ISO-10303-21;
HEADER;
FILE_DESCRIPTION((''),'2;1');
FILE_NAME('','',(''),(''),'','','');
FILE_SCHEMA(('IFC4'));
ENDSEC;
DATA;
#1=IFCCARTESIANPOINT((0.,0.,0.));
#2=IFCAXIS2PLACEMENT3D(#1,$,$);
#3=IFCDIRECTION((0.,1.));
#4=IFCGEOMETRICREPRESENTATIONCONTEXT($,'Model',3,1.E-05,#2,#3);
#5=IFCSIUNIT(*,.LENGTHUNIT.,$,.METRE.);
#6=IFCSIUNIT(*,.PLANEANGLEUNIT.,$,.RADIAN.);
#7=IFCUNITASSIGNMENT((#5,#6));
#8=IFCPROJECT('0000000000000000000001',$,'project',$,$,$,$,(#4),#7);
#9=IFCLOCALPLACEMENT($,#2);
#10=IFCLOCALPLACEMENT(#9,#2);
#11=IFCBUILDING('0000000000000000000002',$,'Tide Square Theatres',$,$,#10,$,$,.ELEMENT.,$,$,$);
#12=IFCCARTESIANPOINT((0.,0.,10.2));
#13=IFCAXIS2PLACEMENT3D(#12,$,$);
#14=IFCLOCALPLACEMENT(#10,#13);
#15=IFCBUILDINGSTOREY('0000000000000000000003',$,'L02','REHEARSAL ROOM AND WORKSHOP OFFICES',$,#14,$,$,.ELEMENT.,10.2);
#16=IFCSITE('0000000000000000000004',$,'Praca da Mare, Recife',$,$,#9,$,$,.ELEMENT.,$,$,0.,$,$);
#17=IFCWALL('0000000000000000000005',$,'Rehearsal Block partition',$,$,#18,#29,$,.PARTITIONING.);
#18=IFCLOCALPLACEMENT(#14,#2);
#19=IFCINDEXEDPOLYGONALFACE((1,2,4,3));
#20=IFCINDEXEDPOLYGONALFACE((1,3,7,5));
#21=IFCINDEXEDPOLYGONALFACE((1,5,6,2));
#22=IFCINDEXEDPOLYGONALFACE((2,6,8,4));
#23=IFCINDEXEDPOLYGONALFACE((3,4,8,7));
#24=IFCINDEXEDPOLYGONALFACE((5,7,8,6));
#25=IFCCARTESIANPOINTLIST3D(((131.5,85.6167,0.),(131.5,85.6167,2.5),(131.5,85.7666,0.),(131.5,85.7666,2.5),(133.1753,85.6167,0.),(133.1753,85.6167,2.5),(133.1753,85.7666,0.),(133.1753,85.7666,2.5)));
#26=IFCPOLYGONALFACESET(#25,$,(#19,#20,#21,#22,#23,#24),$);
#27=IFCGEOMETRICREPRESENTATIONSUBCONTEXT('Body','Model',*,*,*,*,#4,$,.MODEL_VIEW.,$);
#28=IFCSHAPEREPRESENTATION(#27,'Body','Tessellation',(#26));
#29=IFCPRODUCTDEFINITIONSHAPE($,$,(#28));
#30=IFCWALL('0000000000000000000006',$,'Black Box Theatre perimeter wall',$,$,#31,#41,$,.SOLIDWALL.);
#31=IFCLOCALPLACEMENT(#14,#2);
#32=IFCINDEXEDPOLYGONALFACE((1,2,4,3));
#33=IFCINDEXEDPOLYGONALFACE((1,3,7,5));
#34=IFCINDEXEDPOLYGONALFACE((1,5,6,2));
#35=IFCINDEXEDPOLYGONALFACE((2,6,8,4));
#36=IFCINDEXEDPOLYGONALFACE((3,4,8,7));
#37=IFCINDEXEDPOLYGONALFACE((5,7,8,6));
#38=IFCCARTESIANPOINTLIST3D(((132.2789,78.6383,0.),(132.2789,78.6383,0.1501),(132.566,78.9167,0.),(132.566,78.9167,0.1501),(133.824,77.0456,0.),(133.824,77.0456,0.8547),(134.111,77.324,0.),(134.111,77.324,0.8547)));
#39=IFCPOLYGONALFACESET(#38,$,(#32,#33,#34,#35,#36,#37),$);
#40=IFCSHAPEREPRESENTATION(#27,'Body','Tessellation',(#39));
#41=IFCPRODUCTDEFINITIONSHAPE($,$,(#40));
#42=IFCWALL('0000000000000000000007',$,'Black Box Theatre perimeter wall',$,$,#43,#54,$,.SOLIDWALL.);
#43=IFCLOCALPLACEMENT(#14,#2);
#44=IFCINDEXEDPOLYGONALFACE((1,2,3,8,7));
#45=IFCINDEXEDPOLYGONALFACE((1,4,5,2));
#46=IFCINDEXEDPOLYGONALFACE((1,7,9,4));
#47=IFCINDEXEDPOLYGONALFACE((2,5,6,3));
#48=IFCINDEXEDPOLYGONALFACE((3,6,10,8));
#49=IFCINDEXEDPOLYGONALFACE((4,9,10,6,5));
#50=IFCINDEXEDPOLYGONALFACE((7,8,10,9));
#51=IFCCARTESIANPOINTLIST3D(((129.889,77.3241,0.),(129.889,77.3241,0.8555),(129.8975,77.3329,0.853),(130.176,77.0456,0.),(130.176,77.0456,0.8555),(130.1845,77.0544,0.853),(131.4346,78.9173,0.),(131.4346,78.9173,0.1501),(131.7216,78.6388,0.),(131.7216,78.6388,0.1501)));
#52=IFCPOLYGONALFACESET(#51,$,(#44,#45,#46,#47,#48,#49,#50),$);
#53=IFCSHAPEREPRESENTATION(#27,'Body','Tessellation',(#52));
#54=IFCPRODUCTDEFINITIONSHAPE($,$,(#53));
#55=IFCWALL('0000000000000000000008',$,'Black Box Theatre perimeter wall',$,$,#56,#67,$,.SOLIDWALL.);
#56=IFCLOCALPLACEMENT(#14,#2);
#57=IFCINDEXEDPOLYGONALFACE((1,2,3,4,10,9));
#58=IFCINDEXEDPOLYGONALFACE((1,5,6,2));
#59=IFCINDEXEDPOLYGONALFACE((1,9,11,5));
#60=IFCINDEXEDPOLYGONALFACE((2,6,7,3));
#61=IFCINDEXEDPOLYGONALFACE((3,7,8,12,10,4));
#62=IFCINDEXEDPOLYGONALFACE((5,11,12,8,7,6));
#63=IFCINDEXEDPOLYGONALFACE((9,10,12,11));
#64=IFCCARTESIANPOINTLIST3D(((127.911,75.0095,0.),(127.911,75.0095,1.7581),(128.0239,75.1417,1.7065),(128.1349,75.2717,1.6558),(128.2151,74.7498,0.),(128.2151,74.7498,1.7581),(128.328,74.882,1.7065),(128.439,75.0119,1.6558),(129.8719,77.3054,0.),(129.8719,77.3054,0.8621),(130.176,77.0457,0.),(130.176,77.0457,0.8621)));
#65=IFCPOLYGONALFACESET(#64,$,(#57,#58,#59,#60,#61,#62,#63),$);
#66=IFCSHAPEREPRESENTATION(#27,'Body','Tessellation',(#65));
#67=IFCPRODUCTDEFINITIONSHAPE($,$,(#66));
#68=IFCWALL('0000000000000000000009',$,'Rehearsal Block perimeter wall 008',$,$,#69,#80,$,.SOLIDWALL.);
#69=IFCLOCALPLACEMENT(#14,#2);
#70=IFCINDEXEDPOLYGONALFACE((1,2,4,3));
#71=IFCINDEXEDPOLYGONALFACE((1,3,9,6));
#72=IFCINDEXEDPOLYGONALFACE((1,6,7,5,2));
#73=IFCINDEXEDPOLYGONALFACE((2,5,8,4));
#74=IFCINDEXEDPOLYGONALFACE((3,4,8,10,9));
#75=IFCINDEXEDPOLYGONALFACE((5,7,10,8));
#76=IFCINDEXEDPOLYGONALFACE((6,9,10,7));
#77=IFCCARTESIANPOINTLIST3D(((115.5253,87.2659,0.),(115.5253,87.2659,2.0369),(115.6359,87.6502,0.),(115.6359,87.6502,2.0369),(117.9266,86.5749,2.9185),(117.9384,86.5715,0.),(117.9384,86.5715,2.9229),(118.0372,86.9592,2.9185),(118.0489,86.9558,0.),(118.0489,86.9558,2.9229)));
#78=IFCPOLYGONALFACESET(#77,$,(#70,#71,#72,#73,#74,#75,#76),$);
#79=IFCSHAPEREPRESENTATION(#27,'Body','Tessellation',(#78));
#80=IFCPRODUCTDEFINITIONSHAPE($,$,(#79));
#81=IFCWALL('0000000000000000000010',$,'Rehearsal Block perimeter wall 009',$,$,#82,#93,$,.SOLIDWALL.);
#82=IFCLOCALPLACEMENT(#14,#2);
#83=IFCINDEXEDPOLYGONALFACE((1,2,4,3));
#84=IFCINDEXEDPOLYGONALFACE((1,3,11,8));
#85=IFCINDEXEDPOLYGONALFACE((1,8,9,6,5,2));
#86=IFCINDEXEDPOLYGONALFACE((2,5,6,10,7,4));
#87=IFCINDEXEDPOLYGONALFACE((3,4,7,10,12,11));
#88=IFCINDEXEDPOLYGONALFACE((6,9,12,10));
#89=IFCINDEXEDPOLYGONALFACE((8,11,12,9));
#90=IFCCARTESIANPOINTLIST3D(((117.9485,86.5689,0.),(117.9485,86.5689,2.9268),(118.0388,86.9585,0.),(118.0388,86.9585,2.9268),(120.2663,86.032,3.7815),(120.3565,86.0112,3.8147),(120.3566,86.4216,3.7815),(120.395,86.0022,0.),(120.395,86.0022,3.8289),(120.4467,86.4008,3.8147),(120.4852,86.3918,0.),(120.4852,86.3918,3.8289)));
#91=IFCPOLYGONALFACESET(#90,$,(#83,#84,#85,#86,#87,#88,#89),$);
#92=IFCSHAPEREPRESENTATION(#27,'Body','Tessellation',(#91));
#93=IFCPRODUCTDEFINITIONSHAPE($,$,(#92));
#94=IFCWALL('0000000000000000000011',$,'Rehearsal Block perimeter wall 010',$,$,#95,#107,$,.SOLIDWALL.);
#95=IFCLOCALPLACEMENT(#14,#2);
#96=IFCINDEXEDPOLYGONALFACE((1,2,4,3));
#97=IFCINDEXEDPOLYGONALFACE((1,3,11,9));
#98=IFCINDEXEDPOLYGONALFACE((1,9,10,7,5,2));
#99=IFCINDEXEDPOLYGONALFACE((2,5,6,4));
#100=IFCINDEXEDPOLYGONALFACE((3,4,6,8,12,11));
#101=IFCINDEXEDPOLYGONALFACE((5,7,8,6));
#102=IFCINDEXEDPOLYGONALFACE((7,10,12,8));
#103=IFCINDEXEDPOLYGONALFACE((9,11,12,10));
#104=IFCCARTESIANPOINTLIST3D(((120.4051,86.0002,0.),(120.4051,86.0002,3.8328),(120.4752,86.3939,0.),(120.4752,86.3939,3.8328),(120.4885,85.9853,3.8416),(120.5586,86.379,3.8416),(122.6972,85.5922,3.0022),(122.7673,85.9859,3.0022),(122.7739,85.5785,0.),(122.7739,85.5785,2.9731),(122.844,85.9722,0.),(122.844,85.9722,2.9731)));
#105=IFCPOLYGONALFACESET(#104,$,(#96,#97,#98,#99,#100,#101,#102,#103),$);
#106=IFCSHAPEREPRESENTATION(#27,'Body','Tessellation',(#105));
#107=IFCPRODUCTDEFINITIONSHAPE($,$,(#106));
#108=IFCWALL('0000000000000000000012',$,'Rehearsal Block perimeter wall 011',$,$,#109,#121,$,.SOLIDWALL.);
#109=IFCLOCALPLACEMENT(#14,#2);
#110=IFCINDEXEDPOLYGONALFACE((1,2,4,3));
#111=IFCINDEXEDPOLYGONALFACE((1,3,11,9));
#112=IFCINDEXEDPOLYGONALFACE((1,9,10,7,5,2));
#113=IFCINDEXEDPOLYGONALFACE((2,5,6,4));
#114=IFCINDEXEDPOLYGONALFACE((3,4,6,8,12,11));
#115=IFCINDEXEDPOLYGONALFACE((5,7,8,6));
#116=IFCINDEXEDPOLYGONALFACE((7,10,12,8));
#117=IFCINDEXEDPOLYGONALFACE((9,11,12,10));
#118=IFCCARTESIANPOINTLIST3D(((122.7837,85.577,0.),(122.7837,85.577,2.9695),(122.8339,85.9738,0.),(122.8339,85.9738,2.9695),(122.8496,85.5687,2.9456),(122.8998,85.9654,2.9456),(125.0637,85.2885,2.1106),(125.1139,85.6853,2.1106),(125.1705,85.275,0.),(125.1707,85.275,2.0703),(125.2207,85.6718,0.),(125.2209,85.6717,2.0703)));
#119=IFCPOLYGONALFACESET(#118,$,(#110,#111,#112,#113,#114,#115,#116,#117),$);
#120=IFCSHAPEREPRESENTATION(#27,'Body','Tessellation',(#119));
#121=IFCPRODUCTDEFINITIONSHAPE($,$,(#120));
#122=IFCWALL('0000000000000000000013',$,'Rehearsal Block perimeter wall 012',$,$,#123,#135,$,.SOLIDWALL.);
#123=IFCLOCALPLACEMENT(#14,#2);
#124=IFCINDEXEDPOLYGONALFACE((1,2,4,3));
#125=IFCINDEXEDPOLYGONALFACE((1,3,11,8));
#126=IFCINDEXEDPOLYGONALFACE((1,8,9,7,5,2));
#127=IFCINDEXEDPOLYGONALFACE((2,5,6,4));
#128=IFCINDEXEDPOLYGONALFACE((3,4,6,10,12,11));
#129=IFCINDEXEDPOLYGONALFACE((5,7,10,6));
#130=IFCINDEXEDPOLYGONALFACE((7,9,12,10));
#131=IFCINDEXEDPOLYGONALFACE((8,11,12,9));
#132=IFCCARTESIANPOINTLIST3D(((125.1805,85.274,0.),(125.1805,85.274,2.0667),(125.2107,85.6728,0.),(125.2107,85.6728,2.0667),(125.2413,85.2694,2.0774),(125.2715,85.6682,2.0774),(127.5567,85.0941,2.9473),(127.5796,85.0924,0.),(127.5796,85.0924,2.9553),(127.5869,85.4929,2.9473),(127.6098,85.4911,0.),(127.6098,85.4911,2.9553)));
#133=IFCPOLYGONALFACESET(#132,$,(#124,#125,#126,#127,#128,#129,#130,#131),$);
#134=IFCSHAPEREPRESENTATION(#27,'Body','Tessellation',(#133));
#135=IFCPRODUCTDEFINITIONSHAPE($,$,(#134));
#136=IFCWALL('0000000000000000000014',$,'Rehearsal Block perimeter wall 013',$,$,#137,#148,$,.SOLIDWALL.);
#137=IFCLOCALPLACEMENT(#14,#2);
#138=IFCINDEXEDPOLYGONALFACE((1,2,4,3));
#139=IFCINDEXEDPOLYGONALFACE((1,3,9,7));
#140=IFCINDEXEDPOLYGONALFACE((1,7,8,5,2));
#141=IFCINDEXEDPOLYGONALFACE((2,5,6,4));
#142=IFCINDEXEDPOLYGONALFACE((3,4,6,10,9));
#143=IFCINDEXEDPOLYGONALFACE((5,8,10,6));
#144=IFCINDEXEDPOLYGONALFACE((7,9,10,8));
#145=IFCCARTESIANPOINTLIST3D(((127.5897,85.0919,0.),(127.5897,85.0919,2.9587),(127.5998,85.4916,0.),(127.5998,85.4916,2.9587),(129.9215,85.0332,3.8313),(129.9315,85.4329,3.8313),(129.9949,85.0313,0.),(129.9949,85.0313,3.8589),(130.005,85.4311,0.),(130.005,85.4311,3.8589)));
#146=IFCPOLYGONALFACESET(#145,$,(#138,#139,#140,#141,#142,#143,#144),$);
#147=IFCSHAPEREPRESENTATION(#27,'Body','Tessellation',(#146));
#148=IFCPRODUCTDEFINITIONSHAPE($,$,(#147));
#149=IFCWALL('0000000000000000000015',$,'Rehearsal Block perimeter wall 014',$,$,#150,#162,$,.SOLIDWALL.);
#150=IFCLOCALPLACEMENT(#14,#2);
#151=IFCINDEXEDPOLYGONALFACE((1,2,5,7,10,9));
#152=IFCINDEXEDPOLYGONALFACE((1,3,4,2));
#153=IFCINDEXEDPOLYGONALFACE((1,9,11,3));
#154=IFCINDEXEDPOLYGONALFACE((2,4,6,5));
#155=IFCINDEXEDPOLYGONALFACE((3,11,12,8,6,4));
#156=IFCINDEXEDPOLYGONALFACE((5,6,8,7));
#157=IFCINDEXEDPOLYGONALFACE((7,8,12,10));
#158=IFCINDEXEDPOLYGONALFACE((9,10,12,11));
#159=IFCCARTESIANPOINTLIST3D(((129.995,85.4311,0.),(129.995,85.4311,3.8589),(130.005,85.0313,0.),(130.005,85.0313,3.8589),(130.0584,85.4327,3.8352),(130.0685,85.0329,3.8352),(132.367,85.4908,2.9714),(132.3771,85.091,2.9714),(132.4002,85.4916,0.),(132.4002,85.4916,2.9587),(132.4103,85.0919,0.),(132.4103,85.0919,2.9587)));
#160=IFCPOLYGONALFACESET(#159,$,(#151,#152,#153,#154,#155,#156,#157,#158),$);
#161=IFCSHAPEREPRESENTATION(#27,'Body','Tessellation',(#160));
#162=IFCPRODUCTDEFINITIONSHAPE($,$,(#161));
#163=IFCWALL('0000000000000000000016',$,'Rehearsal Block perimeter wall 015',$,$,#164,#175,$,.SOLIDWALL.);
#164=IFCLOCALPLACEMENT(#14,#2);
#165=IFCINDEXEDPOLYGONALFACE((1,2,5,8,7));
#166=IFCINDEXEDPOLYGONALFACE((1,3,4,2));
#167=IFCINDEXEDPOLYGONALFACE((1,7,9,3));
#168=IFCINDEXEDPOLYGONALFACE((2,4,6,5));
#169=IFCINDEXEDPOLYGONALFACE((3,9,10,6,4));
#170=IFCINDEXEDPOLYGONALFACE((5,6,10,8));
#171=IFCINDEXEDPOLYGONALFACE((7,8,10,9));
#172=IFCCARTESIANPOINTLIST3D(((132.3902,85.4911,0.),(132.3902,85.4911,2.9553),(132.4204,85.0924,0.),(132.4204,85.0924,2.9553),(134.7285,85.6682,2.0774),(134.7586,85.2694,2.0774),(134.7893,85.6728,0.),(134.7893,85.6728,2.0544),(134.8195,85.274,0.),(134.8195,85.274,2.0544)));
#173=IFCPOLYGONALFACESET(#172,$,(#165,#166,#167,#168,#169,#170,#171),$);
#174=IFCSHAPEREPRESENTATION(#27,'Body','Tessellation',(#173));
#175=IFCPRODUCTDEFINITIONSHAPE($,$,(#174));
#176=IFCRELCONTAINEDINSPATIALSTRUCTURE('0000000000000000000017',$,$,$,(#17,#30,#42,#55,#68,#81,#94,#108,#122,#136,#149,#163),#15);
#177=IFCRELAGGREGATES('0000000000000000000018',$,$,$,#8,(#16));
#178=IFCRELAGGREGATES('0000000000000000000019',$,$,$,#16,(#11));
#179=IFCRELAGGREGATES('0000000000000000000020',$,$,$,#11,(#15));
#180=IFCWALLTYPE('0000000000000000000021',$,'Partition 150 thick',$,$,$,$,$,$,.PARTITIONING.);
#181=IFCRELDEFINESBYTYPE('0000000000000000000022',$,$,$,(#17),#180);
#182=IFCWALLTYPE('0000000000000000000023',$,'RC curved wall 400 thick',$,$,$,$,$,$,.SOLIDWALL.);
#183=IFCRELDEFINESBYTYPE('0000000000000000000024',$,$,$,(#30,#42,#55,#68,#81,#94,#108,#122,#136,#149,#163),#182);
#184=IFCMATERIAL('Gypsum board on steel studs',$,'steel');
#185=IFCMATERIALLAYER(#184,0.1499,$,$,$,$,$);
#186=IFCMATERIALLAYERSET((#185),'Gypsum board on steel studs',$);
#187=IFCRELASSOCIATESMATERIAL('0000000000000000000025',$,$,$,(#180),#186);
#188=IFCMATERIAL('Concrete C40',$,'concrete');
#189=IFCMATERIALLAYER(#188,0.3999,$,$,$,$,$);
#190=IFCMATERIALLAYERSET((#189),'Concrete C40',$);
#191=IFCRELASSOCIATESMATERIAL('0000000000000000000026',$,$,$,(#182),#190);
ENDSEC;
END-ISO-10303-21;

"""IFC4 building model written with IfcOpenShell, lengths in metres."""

from ifc_helpers import new_model, si_unit, direction, frame, frame_2d, origin, place, context, subcontext, project, spatial, polyline, rectangle, outline, extrude, material, layer, layer_set, type_object, element, save


model = new_model("IFC4")

# Units and contexts
model_context = context("Model", 3, precision=1e-05, world=origin(), true_north=direction((0.0, 1.0)))
body_context = subcontext(model_context, "Body", "Model", "MODEL_VIEW")
ifc_project = project(units=[si_unit("LENGTHUNIT", "METRE"), si_unit("PLANEANGLEUNIT", "RADIAN")], contexts=[model_context])

# Site, building, storey
site_placement = place(None, origin())
site = spatial("IfcSite", under=ifc_project, at=site_placement, Name="Praca da Mare, Recife", CompositionType="ELEMENT", RefElevation=0.0)
building_placement = place(site_placement, origin())
building = spatial("IfcBuilding", under=site, at=building_placement, Name="Tide Square Theatres", CompositionType="ELEMENT")
storey_placement = place(building_placement, frame((0.0, 0.0, 10.2)))
storey = spatial("IfcBuildingStorey", under=building, at=storey_placement, Name="L02", Description="REHEARSAL ROOM AND WORKSHOP OFFICES", CompositionType="ELEMENT", Elevation=10.2)

# Walls
ifc_material_1 = material(Name="Gypsum board on steel studs", Category="steel")
ifc_layer_1 = layer(ifc_material_1, 0.1499)
ifc_layer_set_1 = layer_set([ifc_layer_1], Name="Gypsum board on steel studs")
wall_type_1 = type_object("IfcWallType", Name="Partition 150 thick", PredefinedType="PARTITIONING", material=ifc_layer_set_1)
wall_1_placement = place(storey_placement, frame((133.1753, 85.6917, 0.0), z_axis=(0.0, 0.0, 1.0), x_axis=(-1.0, 0.0, 0.0)))
element("IfcWall", 1, at=wall_1_placement, inside=storey, type_object=wall_type_1, Name="Rehearsal Block partition", PredefinedType="PARTITIONING", context=body_context, shape_type="SweptSolid", body=[
    extrude(rectangle(XDim=1.6753, YDim=0.1499, at=frame_2d((0.8376, 0.0))), origin(), (0.0, 0.0, 1.0), 2.5),
])
ifc_material_2 = material(Name="Concrete C40", Category="concrete")
ifc_layer_2 = layer(ifc_material_2, 0.3999)
ifc_layer_set_2 = layer_set([ifc_layer_2], Name="Concrete C40")
wall_type_2 = type_object("IfcWallType", Name="RC curved wall 400 thick", PredefinedType="SOLIDWALL", material=ifc_layer_set_2)
wall_2_placement = place(storey_placement, frame((133.9675, 77.1848, 0.0), z_axis=(0.0, 0.0, 1.0), x_axis=(-0.696299, 0.717752, 0.0)))
element("IfcWall", 2, at=wall_2_placement, inside=storey, type_object=wall_type_2, Name="Black Box Theatre perimeter wall", PredefinedType="SOLIDWALL", context=body_context, shape_type="SweptSolid", body=[
    extrude(outline(polyline([(0.0, 0.0), (2.219, 0.0), (2.219, 0.1501), (0.0, 0.8547), (0.0, 0.0)])), frame((0.0, 0.2, 0.0), z_axis=(0.0, -1.0, 0.0), x_axis=(1.0, 0.0, 0.0)), (0.0, 0.0, 1.0), 0.3999),
])
wall_3_placement = place(storey_placement, frame((131.5781, 78.7781, 0.0), z_axis=(0.0, 0.0, 1.0), x_axis=(-0.696302, -0.717749, 0.0)))
element("IfcWall", 3, at=wall_3_placement, inside=storey, type_object=wall_type_2, Name="Black Box Theatre perimeter wall", PredefinedType="SOLIDWALL", context=body_context, shape_type="SweptSolid", body=[
    extrude(outline(polyline([(0.0, 0.0), (2.2197, 0.0), (2.2197, 0.8555), (2.2075, 0.853), (0.0, 0.1501), (0.0, 0.0)])), frame((0.0, 0.2, 0.0), z_axis=(0.0, -1.0, 0.0), x_axis=(1.0, 0.0, 0.0)), (0.0, 0.0, 1.0), 0.3999),
])
wall_4_placement = place(storey_placement, frame((130.0239, 77.1755, 0.0), z_axis=(0.0, 0.0, 1.0), x_axis=(-0.649459, -0.760397, 0.0)))
element("IfcWall", 4, at=wall_4_placement, inside=storey, type_object=wall_type_2, Name="Black Box Theatre perimeter wall", PredefinedType="SOLIDWALL", context=body_context, shape_type="SweptSolid", body=[
    extrude(outline(polyline([(0.0, 0.0), (3.0193, 0.0), (3.0193, 1.7581), (2.8455, 1.7065), (2.6746, 1.6558), (0.0, 0.8621), (0.0, 0.0)])), frame((0.0, 0.2, 0.0), z_axis=(0.0, -1.0, 0.0), x_axis=(1.0, 0.0, 0.0)), (0.0, 0.0, 1.0), 0.3999),
])
wall_5_placement = place(storey_placement, frame((115.5806, 87.458, 0.0), z_axis=(0.0, 0.0, 1.0), x_axis=(0.961009, -0.276518, 0.0)))
element("IfcWall", 5, at=wall_5_placement, inside=storey, type_object=wall_type_2, Name="Rehearsal Block perimeter wall 008", PredefinedType="SOLIDWALL", context=body_context, shape_type="SweptSolid", body=[
    extrude(outline(polyline([(0.0, 0.0), (2.511, 0.0), (2.511, 2.9229), (2.4988, 2.9185), (0.0, 2.0369), (0.0, 0.0)])), frame((0.0, 0.2, 0.0), z_axis=(0.0, -1.0, 0.0), x_axis=(1.0, 0.0, 0.0)), (0.0, 0.0, 1.0), 0.3999),
])
wall_6_placement = place(storey_placement, frame((117.9937, 86.7637, 0.0), z_axis=(0.0, 0.0, 1.0), x_axis=(0.974211, -0.22564, 0.0)))
element("IfcWall", 6, at=wall_6_placement, inside=storey, type_object=wall_type_2, Name="Rehearsal Block perimeter wall 009", PredefinedType="SOLIDWALL", context=body_context, shape_type="SweptSolid", body=[
    extrude(outline(polyline([(0.0, 0.0), (2.5112, 0.0), (2.5112, 3.8289), (2.4717, 3.8147), (2.3792, 3.7815), (0.0, 2.9268), (0.0, 0.0)])), frame((0.0, 0.2, 0.0), z_axis=(0.0, -1.0, 0.0), x_axis=(1.0, 0.0, 0.0)), (0.0, 0.0, 1.0), 0.3999),
])
wall_7_placement = place(storey_placement, frame((120.4402, 86.197, 0.0), z_axis=(0.0, 0.0, 1.0), x_axis=(0.984524, -0.17525, 0.0)))
element("IfcWall", 7, at=wall_7_placement, inside=storey, type_object=wall_type_2, Name="Rehearsal Block perimeter wall 010", PredefinedType="SOLIDWALL", context=body_context, shape_type="SweptSolid", body=[
    extrude(outline(polyline([(0.0, 0.0), (2.406, 0.0), (2.406, 2.9731), (2.3281, 3.0022), (0.0847, 3.8416), (0.0, 3.8328), (0.0, 0.0)])), frame((0.0, 0.2, 0.0), z_axis=(0.0, -1.0, 0.0), x_axis=(1.0, 0.0, 0.0)), (0.0, 0.0, 1.0), 0.3999),
])
wall_8_placement = place(storey_placement, frame((122.8088, 85.7754, 0.0), z_axis=(0.0, 0.0, 1.0), x_axis=(0.992089, -0.125533, 0.0)))
element("IfcWall", 8, at=wall_8_placement, inside=storey, type_object=wall_type_2, Name="Rehearsal Block perimeter wall 011", PredefinedType="SOLIDWALL", context=body_context, shape_type="SweptSolid", body=[
    extrude(outline(polyline([(0.0, 0.0), (2.4058, 0.0), (2.406, 2.0703), (2.2981, 2.1106), (0.0664, 2.9456), (0.0, 2.9695), (0.0, 0.0)])), frame((0.0, 0.2, 0.0), z_axis=(0.0, -1.0, 0.0), x_axis=(1.0, 0.0, 0.0)), (0.0, 0.0, 1.0), 0.3999),
])
wall_9_placement = place(storey_placement, frame((125.1956, 85.4734, 0.0), z_axis=(0.0, 0.0, 1.0), x_axis=(0.997146, -0.075494, 0.0)))
element("IfcWall", 9, at=wall_9_placement, inside=storey, type_object=wall_type_2, Name="Rehearsal Block perimeter wall 012", PredefinedType="SOLIDWALL", context=body_context, shape_type="SweptSolid", body=[
    extrude(outline(polyline([(0.0, 0.0), (2.406, 0.0), (2.406, 2.9553), (2.3831, 2.9473), (0.061, 2.0774), (0.0, 2.0667), (0.0, 0.0)])), frame((0.0, 0.2, 0.0), z_axis=(0.0, -1.0, 0.0), x_axis=(1.0, 0.0, 0.0)), (0.0, 0.0, 1.0), 0.3999),
])
wall_10_placement = place(storey_placement, frame((127.5947, 85.2917, 0.0), z_axis=(0.0, 0.0, 1.0), x_axis=(0.999683, -0.025165, 0.0)))
element("IfcWall", 10, at=wall_10_placement, inside=storey, type_object=wall_type_2, Name="Rehearsal Block perimeter wall 013", PredefinedType="SOLIDWALL", context=body_context, shape_type="SweptSolid", body=[
    extrude(outline(polyline([(0.0, 0.0), (2.406, 0.0), (2.406, 3.8589), (2.3325, 3.8313), (0.0, 2.9587), (0.0, 0.0)])), frame((0.0, 0.2, 0.0), z_axis=(0.0, -1.0, 0.0), x_axis=(1.0, 0.0, 0.0)), (0.0, 0.0, 1.0), 0.3999),
])
wall_11_placement = place(storey_placement, frame((130.0, 85.2312, 0.0), z_axis=(0.0, 0.0, 1.0), x_axis=(0.999683, 0.025165, 0.0)))
element("IfcWall", 11, at=wall_11_placement, inside=storey, type_object=wall_type_2, Name="Rehearsal Block perimeter wall 014", PredefinedType="SOLIDWALL", context=body_context, shape_type="SweptSolid", body=[
    extrude(outline(polyline([(0.0, 0.0), (2.406, 0.0), (2.406, 2.9587), (2.3728, 2.9714), (0.0635, 3.8352), (0.0, 3.8589), (0.0, 0.0)])), frame((0.0, 0.2, 0.0), z_axis=(0.0, -1.0, 0.0), x_axis=(1.0, 0.0, 0.0)), (0.0, 0.0, 1.0), 0.3999),
])
wall_12_placement = place(storey_placement, frame((132.4053, 85.2917, 0.0), z_axis=(0.0, 0.0, 1.0), x_axis=(0.997146, 0.075494, 0.0)))
element("IfcWall", 12, at=wall_12_placement, inside=storey, type_object=wall_type_2, Name="Rehearsal Block perimeter wall 015", PredefinedType="SOLIDWALL", context=body_context, shape_type="SweptSolid", body=[
    extrude(outline(polyline([(0.0, 0.0), (2.406, 0.0), (2.406, 2.0544), (2.345, 2.0774), (0.0, 2.9553), (0.0, 0.0)])), frame((0.0, 0.2, 0.0), z_axis=(0.0, -1.0, 0.0), x_axis=(1.0, 0.0, 0.0)), (0.0, 0.0, 1.0), 0.3999),
])

save(model, "model.ifc")
